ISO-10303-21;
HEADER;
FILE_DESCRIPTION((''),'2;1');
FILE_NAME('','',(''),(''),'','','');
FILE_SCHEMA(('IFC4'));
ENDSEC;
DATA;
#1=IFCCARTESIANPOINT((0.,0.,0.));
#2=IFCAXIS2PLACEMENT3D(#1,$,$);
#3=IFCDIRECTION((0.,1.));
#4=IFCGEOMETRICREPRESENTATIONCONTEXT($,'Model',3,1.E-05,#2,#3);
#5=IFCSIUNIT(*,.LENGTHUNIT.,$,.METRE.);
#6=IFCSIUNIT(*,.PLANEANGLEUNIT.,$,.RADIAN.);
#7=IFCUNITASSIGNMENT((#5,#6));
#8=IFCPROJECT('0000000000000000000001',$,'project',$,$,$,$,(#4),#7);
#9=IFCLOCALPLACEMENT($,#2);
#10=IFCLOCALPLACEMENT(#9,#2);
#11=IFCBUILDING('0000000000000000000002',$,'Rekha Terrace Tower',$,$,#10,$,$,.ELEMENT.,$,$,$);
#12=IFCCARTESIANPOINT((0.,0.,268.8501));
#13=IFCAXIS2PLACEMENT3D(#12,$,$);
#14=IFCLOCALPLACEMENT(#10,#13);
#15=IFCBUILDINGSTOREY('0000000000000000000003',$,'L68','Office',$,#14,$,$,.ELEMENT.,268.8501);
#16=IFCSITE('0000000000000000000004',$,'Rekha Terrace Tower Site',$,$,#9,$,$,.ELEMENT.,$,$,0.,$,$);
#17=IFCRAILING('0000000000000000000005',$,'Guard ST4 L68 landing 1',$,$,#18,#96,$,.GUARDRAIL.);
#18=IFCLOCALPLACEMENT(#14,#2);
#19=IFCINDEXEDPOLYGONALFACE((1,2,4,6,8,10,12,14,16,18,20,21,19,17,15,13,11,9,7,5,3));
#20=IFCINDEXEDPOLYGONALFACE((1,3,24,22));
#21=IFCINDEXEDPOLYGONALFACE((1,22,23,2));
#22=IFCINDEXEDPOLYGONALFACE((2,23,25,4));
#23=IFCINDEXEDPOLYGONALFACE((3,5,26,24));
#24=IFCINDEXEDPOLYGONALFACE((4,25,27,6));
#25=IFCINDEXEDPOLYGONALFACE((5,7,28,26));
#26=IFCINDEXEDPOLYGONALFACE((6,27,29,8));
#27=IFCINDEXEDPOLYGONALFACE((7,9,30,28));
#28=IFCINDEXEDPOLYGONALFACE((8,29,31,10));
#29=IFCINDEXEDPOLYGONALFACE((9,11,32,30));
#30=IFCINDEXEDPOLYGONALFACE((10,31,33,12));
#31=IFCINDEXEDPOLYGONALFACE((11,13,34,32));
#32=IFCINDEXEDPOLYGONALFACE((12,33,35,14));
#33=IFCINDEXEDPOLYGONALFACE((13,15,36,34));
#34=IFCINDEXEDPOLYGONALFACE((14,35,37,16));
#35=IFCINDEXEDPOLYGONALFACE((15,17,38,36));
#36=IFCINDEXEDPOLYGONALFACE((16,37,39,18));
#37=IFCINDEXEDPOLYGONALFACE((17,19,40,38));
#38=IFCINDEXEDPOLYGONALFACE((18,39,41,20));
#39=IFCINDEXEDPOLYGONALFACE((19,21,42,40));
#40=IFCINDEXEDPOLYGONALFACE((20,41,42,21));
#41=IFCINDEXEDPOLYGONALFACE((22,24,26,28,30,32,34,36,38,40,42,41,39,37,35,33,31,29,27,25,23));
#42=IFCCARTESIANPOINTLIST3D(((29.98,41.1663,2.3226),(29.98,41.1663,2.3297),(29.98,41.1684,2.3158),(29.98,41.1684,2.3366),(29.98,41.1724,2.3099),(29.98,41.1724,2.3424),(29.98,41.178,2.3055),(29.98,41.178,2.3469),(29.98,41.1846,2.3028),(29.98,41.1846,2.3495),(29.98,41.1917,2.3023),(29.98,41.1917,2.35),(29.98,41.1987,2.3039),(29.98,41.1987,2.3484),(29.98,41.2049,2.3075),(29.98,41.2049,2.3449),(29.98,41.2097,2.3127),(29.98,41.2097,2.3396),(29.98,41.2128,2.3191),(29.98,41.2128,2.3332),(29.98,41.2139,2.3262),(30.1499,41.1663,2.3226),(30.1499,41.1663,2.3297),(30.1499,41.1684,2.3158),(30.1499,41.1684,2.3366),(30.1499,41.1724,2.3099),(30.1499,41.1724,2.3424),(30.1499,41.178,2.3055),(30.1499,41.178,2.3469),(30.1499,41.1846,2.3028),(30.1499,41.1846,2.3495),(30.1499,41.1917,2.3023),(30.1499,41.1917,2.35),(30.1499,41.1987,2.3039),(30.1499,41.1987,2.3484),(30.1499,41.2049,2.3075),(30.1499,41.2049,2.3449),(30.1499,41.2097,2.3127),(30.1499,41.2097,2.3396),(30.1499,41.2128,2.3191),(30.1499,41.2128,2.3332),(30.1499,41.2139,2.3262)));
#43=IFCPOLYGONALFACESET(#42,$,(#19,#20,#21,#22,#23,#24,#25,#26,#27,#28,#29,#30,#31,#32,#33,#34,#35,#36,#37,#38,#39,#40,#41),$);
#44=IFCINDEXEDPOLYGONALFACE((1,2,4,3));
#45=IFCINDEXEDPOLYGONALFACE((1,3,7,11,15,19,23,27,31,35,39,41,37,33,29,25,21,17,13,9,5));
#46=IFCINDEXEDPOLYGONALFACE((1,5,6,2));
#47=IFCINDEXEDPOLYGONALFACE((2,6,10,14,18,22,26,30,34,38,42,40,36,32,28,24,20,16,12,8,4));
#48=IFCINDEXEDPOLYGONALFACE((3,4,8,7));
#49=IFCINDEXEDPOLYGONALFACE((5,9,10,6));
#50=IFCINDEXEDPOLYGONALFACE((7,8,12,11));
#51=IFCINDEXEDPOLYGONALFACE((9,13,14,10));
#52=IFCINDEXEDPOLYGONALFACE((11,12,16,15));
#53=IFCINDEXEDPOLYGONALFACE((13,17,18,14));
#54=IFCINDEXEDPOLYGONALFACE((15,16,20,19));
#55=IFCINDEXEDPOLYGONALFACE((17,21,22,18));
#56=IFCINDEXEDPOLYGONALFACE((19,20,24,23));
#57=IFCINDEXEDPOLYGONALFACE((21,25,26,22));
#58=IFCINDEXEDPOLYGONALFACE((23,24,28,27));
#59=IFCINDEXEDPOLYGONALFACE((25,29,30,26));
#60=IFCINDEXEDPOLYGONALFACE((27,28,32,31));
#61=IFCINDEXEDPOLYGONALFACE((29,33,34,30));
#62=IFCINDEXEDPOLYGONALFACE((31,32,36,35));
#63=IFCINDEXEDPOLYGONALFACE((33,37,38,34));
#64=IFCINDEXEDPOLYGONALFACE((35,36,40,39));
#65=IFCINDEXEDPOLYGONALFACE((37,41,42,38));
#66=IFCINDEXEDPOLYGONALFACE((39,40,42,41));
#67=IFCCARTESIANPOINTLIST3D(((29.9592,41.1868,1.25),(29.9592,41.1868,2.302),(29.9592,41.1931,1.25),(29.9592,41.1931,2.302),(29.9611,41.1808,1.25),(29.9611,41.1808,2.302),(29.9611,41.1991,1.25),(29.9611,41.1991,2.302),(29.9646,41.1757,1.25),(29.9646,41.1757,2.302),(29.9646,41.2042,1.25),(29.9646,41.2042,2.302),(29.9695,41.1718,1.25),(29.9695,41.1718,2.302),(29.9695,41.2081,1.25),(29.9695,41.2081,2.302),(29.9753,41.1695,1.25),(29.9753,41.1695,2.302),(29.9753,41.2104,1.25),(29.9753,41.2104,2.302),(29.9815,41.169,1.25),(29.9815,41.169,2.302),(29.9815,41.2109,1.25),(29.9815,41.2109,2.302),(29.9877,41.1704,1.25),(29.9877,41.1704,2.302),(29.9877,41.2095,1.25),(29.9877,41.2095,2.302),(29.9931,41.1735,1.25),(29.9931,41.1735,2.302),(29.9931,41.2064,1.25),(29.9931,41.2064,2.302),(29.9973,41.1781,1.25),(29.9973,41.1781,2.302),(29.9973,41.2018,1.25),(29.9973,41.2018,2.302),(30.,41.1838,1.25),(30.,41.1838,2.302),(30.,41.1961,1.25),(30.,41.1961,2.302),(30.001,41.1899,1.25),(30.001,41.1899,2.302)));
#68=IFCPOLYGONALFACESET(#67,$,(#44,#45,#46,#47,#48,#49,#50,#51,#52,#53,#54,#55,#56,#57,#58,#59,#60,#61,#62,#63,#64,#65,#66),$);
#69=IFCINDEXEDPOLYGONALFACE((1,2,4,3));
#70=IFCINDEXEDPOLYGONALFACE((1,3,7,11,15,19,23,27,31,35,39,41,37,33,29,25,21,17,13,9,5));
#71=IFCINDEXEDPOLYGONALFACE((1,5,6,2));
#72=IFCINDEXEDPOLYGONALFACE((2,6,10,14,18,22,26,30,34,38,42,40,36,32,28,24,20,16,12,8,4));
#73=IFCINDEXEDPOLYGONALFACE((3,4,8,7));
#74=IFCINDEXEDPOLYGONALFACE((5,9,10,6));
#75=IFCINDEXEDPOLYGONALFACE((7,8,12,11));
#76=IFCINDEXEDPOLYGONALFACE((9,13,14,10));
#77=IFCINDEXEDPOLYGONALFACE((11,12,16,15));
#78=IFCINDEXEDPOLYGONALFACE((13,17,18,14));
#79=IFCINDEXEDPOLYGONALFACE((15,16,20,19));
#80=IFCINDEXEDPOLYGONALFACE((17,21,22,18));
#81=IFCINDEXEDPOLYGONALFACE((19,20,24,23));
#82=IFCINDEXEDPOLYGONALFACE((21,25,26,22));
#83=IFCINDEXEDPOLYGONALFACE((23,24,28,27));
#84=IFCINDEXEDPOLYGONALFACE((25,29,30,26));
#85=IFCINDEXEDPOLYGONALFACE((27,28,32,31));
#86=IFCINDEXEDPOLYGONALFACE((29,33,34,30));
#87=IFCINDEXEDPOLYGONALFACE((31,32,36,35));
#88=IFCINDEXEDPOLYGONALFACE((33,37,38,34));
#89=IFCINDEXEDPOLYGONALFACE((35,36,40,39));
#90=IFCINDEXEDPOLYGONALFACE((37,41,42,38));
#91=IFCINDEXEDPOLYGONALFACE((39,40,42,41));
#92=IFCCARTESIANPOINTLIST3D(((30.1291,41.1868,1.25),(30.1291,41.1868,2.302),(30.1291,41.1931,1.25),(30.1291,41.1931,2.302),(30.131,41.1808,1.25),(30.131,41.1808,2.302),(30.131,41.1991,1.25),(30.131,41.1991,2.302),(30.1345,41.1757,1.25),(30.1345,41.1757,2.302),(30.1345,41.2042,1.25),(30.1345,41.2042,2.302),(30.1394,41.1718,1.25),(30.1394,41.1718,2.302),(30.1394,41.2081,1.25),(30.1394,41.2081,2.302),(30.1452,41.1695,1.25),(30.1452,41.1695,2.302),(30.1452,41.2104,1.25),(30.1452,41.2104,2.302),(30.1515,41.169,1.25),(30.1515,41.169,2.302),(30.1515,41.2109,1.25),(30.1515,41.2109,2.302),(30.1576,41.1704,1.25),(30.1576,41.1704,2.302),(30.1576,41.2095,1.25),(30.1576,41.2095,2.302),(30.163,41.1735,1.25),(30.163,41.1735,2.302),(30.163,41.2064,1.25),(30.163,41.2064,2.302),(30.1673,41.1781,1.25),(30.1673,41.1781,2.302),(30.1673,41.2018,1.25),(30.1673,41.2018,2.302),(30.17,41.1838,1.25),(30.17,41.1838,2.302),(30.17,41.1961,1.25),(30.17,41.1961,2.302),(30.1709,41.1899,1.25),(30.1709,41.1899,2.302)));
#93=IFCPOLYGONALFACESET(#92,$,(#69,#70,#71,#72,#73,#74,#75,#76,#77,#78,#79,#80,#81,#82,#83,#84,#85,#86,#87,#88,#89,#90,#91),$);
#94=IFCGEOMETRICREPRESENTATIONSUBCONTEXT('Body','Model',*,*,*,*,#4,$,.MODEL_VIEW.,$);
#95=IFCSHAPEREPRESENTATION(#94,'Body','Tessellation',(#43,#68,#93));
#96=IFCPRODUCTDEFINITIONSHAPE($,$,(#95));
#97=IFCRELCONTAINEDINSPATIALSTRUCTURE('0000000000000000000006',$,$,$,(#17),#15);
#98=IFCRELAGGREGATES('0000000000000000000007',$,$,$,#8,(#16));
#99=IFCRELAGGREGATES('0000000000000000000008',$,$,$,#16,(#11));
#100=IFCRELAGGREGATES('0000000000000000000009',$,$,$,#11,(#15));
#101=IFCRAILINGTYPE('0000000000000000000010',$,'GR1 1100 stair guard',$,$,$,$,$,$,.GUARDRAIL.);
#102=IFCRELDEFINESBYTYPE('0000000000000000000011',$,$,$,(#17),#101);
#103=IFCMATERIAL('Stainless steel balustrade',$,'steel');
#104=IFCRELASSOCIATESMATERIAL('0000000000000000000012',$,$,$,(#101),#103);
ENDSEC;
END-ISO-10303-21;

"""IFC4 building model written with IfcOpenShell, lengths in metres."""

from ifc_helpers import new_model, si_unit, direction, frame, origin, origin_2d, place, context, subcontext, project, spatial, circle, extrude, material, type_object, element, save


model = new_model("IFC4")

# Units and contexts
model_context = context("Model", 3, precision=1e-05, world=origin(), true_north=direction((0.0, 1.0)))
body_context = subcontext(model_context, "Body", "Model", "MODEL_VIEW")
ifc_project = project(units=[si_unit("LENGTHUNIT", "METRE"), si_unit("PLANEANGLEUNIT", "RADIAN")], contexts=[model_context])

# Site, building, storey
site_placement = place(None, origin())
site = spatial("IfcSite", under=ifc_project, at=site_placement, Name="Rekha Terrace Tower Site", CompositionType="ELEMENT", RefElevation=0.0)
building_placement = place(site_placement, origin())
building = spatial("IfcBuilding", under=site, at=building_placement, Name="Rekha Terrace Tower", CompositionType="ELEMENT")
storey_placement = place(building_placement, frame((0.0, 0.0, 268.8501)))
storey = spatial("IfcBuildingStorey", under=building, at=storey_placement, Name="L68", Description="Office", CompositionType="ELEMENT", Elevation=268.8501)

# Railing
ifc_material_1 = material(Name="Stainless steel balustrade", Category="steel")
railing_type_1 = type_object("IfcRailingType", Name="GR1 1100 stair guard", PredefinedType="GUARDRAIL", material=ifc_material_1)
railing_1_placement = place(storey_placement, frame((29.98, 41.1899, 1.25)))
element("IfcRailing", 1, at=railing_1_placement, inside=storey, type_object=railing_type_1, Name="Guard ST4 L68 landing 1", PredefinedType="GUARDRAIL", context=body_context, shape_type="SweptSolid", body=[
    extrude(circle(Radius=0.0239, at=origin_2d()), frame((0.0, 0.0, 1.0762), z_axis=(1.0, 0.0, 0.0), x_axis=(0.0, 1.0, 0.0)), (0.0, 0.0, 1.0), 0.1699),
    extrude(circle(Radius=0.021, at=origin_2d()), origin(), (0.0, 0.0, 1.0), 1.052),
    extrude(circle(Radius=0.021, at=origin_2d()), frame((0.1699, 0.0, 0.0)), (0.0, 0.0, 1.0), 1.052),
])

save(model, "model.ifc")
